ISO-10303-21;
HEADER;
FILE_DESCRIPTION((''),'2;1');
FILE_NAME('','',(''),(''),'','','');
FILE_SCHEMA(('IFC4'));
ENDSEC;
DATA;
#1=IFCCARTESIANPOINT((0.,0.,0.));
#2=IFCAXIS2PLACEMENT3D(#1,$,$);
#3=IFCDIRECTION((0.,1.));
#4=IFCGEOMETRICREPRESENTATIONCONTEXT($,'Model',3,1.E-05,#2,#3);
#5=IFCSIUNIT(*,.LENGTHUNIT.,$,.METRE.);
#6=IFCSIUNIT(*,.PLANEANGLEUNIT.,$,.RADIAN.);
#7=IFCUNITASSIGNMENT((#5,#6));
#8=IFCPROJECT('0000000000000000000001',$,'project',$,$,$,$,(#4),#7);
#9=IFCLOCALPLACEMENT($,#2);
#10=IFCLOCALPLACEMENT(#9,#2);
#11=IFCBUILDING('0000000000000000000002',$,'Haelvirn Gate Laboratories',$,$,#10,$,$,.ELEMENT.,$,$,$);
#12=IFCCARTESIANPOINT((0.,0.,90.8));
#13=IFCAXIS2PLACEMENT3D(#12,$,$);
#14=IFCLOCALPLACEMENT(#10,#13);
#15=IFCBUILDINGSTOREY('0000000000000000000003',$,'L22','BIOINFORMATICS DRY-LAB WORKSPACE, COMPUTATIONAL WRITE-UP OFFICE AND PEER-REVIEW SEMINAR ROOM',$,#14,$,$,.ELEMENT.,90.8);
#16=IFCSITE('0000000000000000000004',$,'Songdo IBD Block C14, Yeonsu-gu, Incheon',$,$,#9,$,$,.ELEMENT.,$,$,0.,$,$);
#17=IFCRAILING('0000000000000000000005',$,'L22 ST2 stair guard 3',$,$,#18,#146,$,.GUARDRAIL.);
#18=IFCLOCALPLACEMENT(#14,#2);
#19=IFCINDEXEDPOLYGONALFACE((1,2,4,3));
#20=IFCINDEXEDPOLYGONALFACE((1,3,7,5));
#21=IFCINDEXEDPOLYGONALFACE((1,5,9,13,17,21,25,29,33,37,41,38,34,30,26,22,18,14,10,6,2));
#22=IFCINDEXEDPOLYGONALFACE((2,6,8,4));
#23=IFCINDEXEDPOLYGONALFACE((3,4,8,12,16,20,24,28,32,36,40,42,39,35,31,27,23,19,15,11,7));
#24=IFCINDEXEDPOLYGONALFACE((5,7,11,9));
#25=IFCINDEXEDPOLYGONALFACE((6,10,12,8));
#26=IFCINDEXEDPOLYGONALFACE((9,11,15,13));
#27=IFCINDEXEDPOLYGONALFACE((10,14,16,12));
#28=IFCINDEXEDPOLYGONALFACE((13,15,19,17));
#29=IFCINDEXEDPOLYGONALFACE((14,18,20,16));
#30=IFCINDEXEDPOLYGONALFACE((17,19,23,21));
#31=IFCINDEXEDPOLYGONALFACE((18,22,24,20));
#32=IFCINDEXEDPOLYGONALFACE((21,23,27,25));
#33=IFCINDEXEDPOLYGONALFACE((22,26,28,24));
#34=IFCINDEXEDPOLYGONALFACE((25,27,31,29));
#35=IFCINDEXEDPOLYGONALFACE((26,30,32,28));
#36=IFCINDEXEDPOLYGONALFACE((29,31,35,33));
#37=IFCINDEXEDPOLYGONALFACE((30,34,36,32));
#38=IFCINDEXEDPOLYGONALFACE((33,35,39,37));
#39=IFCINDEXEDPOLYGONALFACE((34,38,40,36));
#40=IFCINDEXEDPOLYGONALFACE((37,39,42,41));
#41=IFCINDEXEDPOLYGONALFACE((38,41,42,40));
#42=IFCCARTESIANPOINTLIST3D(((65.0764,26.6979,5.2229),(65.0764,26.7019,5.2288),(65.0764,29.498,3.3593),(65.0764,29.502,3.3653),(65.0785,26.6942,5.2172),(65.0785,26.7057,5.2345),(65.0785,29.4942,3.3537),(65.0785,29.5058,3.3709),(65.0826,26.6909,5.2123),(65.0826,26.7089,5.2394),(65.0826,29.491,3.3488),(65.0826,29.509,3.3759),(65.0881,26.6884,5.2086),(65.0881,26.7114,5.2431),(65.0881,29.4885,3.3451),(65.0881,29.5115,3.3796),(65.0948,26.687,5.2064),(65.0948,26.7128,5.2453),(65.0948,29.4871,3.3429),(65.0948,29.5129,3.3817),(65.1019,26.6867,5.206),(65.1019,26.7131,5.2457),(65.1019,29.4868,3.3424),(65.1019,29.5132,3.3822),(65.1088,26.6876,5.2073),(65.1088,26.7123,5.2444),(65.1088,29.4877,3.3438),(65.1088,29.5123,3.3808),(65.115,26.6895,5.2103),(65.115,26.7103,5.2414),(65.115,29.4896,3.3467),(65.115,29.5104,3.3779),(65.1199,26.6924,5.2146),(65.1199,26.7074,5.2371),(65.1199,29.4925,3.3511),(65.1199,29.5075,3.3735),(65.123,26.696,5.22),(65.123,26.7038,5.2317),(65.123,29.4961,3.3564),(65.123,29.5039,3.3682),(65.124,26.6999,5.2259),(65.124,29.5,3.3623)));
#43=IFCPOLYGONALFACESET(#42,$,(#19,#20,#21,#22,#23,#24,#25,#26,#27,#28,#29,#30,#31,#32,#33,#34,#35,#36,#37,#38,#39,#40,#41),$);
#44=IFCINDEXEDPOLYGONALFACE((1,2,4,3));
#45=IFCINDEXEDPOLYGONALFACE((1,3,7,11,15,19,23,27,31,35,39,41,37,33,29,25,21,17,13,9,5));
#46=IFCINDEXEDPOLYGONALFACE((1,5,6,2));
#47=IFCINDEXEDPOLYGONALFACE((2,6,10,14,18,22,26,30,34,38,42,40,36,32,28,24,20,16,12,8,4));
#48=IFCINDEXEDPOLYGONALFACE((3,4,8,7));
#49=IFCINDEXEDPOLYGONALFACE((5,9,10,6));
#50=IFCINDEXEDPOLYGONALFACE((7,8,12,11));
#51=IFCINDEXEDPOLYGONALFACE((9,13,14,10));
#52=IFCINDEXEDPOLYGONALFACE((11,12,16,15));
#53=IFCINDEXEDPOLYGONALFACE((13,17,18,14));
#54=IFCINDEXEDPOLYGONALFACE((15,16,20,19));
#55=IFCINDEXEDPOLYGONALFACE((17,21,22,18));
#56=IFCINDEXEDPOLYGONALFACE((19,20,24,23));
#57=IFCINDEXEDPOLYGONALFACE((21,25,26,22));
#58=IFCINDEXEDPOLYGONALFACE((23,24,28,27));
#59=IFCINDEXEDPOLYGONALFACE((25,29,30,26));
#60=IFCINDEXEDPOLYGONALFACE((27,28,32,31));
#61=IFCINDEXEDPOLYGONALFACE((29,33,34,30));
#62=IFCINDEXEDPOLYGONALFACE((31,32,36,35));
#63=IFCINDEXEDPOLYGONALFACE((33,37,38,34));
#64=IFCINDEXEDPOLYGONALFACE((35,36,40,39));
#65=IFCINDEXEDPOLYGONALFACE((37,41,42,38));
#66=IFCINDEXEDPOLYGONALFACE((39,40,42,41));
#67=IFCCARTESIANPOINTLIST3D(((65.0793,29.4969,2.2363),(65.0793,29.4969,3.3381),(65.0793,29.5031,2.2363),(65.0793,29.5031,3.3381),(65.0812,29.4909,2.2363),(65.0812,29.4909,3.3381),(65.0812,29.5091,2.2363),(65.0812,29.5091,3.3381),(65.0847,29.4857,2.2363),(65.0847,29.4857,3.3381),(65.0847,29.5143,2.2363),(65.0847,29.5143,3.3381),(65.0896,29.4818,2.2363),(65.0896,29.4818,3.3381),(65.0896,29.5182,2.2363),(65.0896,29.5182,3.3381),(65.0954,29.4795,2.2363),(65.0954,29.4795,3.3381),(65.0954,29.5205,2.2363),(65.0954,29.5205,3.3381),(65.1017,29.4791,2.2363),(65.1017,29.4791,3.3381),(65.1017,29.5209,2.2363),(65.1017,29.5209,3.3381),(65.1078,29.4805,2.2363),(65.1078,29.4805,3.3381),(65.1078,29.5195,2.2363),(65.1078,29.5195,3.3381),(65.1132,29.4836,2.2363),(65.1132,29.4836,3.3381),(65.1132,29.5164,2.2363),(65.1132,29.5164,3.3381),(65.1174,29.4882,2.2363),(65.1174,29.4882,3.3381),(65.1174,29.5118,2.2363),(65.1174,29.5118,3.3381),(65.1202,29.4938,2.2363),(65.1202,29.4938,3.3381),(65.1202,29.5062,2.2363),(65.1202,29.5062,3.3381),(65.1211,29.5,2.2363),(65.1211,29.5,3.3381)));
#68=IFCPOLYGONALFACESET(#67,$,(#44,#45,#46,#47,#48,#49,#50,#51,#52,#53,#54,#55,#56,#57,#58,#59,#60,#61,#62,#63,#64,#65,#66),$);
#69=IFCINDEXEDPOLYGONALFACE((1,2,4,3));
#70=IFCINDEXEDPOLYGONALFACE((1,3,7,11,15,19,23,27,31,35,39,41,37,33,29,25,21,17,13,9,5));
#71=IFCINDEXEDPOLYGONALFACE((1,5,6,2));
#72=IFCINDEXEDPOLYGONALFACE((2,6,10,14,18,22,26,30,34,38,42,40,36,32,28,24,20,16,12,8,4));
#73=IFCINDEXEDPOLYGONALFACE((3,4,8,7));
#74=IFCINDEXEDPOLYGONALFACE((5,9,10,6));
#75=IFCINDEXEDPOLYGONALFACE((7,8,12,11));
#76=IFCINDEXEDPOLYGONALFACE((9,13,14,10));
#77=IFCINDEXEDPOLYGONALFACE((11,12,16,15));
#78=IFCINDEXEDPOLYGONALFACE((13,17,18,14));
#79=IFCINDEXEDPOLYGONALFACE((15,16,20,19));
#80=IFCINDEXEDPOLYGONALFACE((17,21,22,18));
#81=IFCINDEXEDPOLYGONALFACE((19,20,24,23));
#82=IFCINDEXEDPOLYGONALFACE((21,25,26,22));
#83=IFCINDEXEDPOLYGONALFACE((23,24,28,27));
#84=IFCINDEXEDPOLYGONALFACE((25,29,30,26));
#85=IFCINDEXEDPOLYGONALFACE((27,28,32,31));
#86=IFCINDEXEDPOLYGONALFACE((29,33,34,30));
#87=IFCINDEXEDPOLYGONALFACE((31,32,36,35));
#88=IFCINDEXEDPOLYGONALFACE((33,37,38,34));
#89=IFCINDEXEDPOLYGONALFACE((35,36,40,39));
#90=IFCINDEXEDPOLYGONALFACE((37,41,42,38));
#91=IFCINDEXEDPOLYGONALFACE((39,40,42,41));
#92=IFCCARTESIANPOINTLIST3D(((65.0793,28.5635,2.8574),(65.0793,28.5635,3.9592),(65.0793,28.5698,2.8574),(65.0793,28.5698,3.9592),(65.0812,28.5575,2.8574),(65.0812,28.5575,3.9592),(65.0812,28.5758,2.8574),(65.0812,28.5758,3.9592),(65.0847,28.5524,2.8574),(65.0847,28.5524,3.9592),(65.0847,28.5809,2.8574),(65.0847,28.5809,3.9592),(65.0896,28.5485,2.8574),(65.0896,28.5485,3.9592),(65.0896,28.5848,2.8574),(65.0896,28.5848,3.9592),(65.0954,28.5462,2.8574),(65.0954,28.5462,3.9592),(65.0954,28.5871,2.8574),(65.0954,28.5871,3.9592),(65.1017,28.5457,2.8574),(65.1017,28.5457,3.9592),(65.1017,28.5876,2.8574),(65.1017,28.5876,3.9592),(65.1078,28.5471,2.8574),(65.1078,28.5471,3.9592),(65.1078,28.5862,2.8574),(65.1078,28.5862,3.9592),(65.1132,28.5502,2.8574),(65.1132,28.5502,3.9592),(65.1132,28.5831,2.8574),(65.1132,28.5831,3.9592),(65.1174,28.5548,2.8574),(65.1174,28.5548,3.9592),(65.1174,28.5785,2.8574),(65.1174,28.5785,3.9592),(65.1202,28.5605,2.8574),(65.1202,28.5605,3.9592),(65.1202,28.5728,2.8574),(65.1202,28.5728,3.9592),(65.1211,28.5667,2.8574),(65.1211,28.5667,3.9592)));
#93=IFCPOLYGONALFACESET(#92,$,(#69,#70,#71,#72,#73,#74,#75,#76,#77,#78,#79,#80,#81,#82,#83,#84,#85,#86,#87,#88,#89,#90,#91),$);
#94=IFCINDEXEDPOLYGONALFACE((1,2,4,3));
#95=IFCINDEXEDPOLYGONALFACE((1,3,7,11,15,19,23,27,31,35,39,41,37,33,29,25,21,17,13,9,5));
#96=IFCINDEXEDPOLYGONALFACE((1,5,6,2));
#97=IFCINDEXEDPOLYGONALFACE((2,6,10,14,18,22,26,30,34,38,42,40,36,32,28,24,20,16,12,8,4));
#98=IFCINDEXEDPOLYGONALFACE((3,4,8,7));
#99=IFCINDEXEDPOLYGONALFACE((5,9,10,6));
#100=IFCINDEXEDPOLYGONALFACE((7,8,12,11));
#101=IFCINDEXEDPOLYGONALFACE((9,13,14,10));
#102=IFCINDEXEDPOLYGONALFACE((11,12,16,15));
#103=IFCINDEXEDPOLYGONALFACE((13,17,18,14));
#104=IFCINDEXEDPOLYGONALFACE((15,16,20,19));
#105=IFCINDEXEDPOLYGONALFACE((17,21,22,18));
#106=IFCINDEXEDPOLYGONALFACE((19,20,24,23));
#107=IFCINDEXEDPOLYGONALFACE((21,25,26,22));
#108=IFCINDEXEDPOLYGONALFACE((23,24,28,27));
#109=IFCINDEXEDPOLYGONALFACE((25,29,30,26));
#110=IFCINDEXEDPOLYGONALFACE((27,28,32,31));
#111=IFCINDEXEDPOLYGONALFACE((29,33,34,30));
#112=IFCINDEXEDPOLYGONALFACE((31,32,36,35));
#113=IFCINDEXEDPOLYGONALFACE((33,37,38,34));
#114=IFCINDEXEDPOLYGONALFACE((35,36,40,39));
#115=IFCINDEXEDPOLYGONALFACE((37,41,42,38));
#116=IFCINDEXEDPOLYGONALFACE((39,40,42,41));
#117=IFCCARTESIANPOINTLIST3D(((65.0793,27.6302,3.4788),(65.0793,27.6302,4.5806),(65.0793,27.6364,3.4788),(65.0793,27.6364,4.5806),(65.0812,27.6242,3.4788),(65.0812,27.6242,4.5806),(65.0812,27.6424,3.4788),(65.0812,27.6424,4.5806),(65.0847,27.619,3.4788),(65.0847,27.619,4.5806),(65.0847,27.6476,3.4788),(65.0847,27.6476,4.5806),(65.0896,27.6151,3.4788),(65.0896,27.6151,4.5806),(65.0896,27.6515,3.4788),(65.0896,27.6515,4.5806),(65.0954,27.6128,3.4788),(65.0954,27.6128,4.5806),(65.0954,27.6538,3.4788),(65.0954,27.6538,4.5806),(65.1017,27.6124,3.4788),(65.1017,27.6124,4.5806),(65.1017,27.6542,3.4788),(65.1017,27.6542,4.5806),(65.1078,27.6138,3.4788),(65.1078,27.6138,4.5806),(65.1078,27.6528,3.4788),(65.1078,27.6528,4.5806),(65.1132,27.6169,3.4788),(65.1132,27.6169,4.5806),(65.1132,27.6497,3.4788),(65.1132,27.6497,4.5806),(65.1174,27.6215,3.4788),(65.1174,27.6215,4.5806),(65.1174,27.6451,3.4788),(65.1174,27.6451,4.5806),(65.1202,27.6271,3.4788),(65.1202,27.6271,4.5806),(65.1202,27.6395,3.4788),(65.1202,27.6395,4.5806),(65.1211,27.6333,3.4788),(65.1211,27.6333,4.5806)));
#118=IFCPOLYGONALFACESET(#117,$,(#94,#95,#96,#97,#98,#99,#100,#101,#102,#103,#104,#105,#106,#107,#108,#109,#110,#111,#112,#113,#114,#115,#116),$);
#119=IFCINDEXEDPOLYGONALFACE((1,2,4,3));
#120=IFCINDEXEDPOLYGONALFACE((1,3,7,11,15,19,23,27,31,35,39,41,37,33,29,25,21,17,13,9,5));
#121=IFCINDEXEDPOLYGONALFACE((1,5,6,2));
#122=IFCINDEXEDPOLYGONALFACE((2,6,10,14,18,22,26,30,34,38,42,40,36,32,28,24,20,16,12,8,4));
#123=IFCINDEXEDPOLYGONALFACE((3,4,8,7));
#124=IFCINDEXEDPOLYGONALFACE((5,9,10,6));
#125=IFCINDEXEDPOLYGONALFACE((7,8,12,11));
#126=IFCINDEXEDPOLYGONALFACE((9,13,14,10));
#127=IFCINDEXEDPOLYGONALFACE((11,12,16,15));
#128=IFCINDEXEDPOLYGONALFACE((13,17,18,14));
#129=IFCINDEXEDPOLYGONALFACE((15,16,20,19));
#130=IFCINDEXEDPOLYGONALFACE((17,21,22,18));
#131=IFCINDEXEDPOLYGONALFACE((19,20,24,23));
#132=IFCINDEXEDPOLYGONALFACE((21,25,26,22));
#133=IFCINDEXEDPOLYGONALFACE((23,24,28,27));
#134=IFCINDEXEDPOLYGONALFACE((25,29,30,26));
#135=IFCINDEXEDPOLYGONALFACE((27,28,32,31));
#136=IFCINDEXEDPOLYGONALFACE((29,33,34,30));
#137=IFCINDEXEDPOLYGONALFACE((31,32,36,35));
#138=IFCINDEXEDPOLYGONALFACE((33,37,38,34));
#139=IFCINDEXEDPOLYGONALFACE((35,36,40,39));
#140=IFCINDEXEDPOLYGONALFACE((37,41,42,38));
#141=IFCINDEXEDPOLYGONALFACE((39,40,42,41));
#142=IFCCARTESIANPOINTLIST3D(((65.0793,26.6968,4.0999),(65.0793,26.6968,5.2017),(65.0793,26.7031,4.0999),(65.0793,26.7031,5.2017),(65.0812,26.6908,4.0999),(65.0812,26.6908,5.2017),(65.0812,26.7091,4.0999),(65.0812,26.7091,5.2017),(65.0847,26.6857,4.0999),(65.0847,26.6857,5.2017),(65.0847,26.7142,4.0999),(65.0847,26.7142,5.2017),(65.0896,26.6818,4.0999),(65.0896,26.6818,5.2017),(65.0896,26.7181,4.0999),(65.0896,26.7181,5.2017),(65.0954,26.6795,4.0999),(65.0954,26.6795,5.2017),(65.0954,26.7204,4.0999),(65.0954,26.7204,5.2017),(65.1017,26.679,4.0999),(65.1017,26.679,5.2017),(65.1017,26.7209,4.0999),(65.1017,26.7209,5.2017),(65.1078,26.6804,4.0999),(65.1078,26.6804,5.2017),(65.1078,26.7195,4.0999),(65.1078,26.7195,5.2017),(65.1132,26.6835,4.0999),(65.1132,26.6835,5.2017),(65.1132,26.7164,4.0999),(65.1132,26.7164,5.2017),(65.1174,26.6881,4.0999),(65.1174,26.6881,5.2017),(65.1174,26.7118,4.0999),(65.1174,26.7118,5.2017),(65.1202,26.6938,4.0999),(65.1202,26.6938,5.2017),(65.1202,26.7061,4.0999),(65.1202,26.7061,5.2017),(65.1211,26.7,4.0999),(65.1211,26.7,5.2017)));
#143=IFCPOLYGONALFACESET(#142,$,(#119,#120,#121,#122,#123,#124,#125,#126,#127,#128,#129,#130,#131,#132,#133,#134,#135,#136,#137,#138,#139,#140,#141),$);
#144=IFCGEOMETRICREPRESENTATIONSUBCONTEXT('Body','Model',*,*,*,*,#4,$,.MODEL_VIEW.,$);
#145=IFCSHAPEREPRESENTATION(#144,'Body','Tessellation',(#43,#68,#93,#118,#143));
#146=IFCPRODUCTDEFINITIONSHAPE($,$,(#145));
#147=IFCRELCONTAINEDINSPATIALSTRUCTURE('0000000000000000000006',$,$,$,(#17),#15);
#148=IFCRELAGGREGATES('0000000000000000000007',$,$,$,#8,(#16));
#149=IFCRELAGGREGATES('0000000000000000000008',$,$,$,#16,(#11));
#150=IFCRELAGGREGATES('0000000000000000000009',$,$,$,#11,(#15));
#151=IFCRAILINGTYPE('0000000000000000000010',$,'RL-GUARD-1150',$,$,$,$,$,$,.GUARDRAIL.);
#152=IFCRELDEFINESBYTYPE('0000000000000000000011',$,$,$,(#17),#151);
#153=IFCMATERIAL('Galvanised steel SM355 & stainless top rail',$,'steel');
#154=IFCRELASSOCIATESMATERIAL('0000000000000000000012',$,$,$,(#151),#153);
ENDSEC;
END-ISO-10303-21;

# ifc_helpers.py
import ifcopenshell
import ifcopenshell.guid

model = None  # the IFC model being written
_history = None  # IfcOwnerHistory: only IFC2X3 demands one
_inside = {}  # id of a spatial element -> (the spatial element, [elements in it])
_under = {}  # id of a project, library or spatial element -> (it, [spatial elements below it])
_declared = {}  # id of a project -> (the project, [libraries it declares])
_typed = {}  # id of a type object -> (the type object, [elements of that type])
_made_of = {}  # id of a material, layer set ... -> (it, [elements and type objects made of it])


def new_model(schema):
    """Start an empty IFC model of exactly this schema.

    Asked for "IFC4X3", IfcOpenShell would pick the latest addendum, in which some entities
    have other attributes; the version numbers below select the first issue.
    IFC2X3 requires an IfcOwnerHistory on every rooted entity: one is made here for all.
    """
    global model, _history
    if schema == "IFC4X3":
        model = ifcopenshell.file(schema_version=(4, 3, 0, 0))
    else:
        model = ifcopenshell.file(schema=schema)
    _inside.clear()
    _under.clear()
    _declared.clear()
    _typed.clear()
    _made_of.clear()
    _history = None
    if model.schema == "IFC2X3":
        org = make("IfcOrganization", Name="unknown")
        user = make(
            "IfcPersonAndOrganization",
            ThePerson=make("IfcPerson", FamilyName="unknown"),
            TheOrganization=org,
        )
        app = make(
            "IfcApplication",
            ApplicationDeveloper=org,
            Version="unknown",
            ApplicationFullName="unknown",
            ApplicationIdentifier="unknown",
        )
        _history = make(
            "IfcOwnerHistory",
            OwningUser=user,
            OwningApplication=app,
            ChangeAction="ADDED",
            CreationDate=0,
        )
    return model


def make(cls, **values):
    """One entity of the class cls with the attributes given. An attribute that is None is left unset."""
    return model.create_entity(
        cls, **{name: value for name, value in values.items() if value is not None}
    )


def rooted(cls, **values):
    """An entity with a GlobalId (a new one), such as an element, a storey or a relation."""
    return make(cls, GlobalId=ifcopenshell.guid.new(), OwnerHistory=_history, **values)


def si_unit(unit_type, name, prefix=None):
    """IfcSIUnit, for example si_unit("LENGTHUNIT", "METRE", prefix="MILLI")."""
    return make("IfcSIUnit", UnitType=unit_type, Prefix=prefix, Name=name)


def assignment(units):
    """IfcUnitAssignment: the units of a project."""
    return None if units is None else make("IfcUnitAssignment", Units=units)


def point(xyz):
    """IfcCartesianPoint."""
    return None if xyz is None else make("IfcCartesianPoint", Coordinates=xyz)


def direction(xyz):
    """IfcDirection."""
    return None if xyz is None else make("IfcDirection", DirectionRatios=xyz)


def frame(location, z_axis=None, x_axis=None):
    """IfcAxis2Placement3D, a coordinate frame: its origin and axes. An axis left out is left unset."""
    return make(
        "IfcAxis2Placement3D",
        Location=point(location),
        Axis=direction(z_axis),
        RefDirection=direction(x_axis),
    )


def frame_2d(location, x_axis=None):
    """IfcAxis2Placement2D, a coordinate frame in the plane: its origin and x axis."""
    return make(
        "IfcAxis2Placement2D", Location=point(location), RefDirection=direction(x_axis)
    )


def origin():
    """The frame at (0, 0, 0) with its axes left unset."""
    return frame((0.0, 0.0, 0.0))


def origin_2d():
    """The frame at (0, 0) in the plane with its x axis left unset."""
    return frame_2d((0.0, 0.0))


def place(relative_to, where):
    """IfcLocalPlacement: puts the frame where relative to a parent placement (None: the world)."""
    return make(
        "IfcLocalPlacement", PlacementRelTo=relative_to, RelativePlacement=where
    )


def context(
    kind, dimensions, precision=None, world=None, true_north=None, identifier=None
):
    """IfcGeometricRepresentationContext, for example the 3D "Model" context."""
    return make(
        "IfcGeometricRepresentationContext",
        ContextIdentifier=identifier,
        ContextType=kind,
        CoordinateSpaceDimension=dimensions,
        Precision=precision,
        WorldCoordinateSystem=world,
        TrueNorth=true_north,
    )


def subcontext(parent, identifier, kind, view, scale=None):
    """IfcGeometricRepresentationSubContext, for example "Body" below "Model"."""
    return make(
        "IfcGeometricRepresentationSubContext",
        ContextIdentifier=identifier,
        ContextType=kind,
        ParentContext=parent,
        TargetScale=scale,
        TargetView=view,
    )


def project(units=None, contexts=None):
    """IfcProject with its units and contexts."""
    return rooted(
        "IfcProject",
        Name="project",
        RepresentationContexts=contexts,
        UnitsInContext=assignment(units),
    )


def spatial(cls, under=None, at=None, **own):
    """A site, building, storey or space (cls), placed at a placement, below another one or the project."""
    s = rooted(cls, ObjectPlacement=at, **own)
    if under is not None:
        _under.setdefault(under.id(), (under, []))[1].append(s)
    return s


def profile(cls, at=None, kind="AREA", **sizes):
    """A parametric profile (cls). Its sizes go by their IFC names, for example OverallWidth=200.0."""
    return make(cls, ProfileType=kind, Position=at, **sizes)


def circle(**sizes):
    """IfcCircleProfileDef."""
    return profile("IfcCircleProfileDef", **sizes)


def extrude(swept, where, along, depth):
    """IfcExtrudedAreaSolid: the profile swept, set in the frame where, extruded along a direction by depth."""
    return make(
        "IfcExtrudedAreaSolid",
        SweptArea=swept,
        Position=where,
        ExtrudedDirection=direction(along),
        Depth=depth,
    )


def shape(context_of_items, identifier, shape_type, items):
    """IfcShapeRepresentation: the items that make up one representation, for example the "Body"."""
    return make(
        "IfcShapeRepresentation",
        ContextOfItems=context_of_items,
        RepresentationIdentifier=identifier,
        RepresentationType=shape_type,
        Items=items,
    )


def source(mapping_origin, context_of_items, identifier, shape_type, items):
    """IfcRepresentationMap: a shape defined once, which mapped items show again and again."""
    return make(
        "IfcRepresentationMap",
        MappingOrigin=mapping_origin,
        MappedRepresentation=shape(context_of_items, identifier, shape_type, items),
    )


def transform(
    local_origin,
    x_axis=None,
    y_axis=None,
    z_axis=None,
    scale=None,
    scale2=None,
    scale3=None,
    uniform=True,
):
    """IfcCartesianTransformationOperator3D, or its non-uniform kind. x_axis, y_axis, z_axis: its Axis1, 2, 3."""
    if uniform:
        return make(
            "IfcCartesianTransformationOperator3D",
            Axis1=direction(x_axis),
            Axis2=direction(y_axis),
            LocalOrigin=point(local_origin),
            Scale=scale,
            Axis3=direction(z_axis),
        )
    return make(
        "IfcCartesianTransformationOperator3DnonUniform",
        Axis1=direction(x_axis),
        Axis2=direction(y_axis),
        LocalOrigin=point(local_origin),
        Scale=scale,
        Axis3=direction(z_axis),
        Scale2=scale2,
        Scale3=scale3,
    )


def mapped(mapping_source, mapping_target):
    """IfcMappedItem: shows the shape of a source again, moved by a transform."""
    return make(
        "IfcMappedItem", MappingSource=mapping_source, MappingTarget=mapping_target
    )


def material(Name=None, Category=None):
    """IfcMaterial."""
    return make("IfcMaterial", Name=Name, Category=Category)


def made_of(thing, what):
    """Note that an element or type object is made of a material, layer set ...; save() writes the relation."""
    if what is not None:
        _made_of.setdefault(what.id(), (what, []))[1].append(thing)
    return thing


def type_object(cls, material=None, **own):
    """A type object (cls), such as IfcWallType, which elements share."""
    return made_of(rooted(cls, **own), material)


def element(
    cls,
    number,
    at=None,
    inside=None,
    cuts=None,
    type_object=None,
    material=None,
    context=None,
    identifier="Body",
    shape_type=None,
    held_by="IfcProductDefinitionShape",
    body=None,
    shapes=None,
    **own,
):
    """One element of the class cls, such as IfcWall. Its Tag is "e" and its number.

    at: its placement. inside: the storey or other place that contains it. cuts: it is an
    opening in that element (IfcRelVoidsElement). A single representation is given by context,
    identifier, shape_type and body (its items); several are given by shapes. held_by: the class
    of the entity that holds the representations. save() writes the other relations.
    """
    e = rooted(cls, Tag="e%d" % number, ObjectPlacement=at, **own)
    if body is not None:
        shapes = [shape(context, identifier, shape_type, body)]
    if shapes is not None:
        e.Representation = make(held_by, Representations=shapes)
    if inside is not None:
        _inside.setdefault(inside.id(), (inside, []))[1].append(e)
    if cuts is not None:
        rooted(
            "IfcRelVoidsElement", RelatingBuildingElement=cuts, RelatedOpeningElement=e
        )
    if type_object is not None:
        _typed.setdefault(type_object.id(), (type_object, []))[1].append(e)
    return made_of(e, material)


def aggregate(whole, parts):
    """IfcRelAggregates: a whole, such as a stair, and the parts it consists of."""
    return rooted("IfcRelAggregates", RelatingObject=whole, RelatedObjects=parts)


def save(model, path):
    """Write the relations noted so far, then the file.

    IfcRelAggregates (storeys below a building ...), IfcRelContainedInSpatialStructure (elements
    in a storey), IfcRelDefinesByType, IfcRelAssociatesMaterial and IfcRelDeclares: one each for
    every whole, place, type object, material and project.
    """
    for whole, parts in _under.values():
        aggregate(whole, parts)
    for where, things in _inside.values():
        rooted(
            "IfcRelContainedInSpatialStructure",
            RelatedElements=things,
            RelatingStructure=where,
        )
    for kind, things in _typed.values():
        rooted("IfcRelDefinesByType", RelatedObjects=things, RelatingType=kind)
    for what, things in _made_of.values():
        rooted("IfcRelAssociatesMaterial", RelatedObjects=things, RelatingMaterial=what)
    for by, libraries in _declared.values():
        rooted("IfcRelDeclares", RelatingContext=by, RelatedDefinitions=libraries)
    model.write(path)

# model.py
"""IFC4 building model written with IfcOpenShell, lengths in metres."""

from ifc_helpers import new_model, si_unit, direction, frame, origin, origin_2d, place, context, subcontext, project, spatial, circle, extrude, source, transform, mapped, material, type_object, element, save


model = new_model("IFC4")

# Units and contexts
model_context = context("Model", 3, precision=1e-05, world=origin(), true_north=direction((0.0, 1.0)))
body_context = subcontext(model_context, "Body", "Model", "MODEL_VIEW")
ifc_project = project(units=[si_unit("LENGTHUNIT", "METRE"), si_unit("PLANEANGLEUNIT", "RADIAN")], contexts=[model_context])

# Site, building, storey
site_placement = place(None, origin())
site = spatial("IfcSite", under=ifc_project, at=site_placement, Name="Songdo IBD Block C14, Yeonsu-gu, Incheon", CompositionType="ELEMENT", RefElevation=0.0)
building_placement = place(site_placement, origin())
building = spatial("IfcBuilding", under=site, at=building_placement, Name="Haelvirn Gate Laboratories", CompositionType="ELEMENT")
storey_placement = place(building_placement, frame((0.0, 0.0, 90.8)))
storey = spatial("IfcBuildingStorey", under=building, at=storey_placement, Name="L22", Description="BIOINFORMATICS DRY-LAB WORKSPACE, COMPUTATIONAL WRITE-UP OFFICE AND PEER-REVIEW SEMINAR ROOM", CompositionType="ELEMENT", Elevation=90.8)

# Railing
ifc_material_1 = material(Name="Galvanised steel SM355 & stainless top rail", Category="steel")
railing_type_1 = type_object("IfcRailingType", Name="RL-GUARD-1150", PredefinedType="GUARDRAIL", material=ifc_material_1)
shared_shape_1 = source(origin(), body_context, "Body", "SweptSolid", [
    extrude(circle(Radius=0.0239, at=origin_2d()), frame((0.0, 0.0, 1.126), z_axis=(0.0, -0.832486, 0.554047), x_axis=(1.0, 0.0, 0.0)), (0.0, 0.0, 1.0), 3.3635),
    extrude(circle(Radius=0.021, at=origin_2d()), origin(), (0.0, 0.0, 1.0), 1.1018),
    extrude(circle(Radius=0.021, at=origin_2d()), frame((0.0, -0.9333, 0.6211)), (0.0, 0.0, 1.0), 1.1018),
    extrude(circle(Radius=0.021, at=origin_2d()), frame((0.0, -1.8667, 1.2424)), (0.0, 0.0, 1.0), 1.1018),
    extrude(circle(Radius=0.021, at=origin_2d()), frame((0.0, -2.8, 1.8635)), (0.0, 0.0, 1.0), 1.1018),
])
railing_1_placement = place(storey_placement, frame((65.1001, 29.5, 2.2363)))
element("IfcRailing", 1, at=railing_1_placement, inside=storey, type_object=railing_type_1, Name="L22 ST2 stair guard 3", PredefinedType="GUARDRAIL", context=body_context, shape_type="MappedRepresentation", body=[
    mapped(shared_shape_1, transform((0.0, 0.0, 0.0), scale=1.0)),
])

save(model, "model.ifc")
